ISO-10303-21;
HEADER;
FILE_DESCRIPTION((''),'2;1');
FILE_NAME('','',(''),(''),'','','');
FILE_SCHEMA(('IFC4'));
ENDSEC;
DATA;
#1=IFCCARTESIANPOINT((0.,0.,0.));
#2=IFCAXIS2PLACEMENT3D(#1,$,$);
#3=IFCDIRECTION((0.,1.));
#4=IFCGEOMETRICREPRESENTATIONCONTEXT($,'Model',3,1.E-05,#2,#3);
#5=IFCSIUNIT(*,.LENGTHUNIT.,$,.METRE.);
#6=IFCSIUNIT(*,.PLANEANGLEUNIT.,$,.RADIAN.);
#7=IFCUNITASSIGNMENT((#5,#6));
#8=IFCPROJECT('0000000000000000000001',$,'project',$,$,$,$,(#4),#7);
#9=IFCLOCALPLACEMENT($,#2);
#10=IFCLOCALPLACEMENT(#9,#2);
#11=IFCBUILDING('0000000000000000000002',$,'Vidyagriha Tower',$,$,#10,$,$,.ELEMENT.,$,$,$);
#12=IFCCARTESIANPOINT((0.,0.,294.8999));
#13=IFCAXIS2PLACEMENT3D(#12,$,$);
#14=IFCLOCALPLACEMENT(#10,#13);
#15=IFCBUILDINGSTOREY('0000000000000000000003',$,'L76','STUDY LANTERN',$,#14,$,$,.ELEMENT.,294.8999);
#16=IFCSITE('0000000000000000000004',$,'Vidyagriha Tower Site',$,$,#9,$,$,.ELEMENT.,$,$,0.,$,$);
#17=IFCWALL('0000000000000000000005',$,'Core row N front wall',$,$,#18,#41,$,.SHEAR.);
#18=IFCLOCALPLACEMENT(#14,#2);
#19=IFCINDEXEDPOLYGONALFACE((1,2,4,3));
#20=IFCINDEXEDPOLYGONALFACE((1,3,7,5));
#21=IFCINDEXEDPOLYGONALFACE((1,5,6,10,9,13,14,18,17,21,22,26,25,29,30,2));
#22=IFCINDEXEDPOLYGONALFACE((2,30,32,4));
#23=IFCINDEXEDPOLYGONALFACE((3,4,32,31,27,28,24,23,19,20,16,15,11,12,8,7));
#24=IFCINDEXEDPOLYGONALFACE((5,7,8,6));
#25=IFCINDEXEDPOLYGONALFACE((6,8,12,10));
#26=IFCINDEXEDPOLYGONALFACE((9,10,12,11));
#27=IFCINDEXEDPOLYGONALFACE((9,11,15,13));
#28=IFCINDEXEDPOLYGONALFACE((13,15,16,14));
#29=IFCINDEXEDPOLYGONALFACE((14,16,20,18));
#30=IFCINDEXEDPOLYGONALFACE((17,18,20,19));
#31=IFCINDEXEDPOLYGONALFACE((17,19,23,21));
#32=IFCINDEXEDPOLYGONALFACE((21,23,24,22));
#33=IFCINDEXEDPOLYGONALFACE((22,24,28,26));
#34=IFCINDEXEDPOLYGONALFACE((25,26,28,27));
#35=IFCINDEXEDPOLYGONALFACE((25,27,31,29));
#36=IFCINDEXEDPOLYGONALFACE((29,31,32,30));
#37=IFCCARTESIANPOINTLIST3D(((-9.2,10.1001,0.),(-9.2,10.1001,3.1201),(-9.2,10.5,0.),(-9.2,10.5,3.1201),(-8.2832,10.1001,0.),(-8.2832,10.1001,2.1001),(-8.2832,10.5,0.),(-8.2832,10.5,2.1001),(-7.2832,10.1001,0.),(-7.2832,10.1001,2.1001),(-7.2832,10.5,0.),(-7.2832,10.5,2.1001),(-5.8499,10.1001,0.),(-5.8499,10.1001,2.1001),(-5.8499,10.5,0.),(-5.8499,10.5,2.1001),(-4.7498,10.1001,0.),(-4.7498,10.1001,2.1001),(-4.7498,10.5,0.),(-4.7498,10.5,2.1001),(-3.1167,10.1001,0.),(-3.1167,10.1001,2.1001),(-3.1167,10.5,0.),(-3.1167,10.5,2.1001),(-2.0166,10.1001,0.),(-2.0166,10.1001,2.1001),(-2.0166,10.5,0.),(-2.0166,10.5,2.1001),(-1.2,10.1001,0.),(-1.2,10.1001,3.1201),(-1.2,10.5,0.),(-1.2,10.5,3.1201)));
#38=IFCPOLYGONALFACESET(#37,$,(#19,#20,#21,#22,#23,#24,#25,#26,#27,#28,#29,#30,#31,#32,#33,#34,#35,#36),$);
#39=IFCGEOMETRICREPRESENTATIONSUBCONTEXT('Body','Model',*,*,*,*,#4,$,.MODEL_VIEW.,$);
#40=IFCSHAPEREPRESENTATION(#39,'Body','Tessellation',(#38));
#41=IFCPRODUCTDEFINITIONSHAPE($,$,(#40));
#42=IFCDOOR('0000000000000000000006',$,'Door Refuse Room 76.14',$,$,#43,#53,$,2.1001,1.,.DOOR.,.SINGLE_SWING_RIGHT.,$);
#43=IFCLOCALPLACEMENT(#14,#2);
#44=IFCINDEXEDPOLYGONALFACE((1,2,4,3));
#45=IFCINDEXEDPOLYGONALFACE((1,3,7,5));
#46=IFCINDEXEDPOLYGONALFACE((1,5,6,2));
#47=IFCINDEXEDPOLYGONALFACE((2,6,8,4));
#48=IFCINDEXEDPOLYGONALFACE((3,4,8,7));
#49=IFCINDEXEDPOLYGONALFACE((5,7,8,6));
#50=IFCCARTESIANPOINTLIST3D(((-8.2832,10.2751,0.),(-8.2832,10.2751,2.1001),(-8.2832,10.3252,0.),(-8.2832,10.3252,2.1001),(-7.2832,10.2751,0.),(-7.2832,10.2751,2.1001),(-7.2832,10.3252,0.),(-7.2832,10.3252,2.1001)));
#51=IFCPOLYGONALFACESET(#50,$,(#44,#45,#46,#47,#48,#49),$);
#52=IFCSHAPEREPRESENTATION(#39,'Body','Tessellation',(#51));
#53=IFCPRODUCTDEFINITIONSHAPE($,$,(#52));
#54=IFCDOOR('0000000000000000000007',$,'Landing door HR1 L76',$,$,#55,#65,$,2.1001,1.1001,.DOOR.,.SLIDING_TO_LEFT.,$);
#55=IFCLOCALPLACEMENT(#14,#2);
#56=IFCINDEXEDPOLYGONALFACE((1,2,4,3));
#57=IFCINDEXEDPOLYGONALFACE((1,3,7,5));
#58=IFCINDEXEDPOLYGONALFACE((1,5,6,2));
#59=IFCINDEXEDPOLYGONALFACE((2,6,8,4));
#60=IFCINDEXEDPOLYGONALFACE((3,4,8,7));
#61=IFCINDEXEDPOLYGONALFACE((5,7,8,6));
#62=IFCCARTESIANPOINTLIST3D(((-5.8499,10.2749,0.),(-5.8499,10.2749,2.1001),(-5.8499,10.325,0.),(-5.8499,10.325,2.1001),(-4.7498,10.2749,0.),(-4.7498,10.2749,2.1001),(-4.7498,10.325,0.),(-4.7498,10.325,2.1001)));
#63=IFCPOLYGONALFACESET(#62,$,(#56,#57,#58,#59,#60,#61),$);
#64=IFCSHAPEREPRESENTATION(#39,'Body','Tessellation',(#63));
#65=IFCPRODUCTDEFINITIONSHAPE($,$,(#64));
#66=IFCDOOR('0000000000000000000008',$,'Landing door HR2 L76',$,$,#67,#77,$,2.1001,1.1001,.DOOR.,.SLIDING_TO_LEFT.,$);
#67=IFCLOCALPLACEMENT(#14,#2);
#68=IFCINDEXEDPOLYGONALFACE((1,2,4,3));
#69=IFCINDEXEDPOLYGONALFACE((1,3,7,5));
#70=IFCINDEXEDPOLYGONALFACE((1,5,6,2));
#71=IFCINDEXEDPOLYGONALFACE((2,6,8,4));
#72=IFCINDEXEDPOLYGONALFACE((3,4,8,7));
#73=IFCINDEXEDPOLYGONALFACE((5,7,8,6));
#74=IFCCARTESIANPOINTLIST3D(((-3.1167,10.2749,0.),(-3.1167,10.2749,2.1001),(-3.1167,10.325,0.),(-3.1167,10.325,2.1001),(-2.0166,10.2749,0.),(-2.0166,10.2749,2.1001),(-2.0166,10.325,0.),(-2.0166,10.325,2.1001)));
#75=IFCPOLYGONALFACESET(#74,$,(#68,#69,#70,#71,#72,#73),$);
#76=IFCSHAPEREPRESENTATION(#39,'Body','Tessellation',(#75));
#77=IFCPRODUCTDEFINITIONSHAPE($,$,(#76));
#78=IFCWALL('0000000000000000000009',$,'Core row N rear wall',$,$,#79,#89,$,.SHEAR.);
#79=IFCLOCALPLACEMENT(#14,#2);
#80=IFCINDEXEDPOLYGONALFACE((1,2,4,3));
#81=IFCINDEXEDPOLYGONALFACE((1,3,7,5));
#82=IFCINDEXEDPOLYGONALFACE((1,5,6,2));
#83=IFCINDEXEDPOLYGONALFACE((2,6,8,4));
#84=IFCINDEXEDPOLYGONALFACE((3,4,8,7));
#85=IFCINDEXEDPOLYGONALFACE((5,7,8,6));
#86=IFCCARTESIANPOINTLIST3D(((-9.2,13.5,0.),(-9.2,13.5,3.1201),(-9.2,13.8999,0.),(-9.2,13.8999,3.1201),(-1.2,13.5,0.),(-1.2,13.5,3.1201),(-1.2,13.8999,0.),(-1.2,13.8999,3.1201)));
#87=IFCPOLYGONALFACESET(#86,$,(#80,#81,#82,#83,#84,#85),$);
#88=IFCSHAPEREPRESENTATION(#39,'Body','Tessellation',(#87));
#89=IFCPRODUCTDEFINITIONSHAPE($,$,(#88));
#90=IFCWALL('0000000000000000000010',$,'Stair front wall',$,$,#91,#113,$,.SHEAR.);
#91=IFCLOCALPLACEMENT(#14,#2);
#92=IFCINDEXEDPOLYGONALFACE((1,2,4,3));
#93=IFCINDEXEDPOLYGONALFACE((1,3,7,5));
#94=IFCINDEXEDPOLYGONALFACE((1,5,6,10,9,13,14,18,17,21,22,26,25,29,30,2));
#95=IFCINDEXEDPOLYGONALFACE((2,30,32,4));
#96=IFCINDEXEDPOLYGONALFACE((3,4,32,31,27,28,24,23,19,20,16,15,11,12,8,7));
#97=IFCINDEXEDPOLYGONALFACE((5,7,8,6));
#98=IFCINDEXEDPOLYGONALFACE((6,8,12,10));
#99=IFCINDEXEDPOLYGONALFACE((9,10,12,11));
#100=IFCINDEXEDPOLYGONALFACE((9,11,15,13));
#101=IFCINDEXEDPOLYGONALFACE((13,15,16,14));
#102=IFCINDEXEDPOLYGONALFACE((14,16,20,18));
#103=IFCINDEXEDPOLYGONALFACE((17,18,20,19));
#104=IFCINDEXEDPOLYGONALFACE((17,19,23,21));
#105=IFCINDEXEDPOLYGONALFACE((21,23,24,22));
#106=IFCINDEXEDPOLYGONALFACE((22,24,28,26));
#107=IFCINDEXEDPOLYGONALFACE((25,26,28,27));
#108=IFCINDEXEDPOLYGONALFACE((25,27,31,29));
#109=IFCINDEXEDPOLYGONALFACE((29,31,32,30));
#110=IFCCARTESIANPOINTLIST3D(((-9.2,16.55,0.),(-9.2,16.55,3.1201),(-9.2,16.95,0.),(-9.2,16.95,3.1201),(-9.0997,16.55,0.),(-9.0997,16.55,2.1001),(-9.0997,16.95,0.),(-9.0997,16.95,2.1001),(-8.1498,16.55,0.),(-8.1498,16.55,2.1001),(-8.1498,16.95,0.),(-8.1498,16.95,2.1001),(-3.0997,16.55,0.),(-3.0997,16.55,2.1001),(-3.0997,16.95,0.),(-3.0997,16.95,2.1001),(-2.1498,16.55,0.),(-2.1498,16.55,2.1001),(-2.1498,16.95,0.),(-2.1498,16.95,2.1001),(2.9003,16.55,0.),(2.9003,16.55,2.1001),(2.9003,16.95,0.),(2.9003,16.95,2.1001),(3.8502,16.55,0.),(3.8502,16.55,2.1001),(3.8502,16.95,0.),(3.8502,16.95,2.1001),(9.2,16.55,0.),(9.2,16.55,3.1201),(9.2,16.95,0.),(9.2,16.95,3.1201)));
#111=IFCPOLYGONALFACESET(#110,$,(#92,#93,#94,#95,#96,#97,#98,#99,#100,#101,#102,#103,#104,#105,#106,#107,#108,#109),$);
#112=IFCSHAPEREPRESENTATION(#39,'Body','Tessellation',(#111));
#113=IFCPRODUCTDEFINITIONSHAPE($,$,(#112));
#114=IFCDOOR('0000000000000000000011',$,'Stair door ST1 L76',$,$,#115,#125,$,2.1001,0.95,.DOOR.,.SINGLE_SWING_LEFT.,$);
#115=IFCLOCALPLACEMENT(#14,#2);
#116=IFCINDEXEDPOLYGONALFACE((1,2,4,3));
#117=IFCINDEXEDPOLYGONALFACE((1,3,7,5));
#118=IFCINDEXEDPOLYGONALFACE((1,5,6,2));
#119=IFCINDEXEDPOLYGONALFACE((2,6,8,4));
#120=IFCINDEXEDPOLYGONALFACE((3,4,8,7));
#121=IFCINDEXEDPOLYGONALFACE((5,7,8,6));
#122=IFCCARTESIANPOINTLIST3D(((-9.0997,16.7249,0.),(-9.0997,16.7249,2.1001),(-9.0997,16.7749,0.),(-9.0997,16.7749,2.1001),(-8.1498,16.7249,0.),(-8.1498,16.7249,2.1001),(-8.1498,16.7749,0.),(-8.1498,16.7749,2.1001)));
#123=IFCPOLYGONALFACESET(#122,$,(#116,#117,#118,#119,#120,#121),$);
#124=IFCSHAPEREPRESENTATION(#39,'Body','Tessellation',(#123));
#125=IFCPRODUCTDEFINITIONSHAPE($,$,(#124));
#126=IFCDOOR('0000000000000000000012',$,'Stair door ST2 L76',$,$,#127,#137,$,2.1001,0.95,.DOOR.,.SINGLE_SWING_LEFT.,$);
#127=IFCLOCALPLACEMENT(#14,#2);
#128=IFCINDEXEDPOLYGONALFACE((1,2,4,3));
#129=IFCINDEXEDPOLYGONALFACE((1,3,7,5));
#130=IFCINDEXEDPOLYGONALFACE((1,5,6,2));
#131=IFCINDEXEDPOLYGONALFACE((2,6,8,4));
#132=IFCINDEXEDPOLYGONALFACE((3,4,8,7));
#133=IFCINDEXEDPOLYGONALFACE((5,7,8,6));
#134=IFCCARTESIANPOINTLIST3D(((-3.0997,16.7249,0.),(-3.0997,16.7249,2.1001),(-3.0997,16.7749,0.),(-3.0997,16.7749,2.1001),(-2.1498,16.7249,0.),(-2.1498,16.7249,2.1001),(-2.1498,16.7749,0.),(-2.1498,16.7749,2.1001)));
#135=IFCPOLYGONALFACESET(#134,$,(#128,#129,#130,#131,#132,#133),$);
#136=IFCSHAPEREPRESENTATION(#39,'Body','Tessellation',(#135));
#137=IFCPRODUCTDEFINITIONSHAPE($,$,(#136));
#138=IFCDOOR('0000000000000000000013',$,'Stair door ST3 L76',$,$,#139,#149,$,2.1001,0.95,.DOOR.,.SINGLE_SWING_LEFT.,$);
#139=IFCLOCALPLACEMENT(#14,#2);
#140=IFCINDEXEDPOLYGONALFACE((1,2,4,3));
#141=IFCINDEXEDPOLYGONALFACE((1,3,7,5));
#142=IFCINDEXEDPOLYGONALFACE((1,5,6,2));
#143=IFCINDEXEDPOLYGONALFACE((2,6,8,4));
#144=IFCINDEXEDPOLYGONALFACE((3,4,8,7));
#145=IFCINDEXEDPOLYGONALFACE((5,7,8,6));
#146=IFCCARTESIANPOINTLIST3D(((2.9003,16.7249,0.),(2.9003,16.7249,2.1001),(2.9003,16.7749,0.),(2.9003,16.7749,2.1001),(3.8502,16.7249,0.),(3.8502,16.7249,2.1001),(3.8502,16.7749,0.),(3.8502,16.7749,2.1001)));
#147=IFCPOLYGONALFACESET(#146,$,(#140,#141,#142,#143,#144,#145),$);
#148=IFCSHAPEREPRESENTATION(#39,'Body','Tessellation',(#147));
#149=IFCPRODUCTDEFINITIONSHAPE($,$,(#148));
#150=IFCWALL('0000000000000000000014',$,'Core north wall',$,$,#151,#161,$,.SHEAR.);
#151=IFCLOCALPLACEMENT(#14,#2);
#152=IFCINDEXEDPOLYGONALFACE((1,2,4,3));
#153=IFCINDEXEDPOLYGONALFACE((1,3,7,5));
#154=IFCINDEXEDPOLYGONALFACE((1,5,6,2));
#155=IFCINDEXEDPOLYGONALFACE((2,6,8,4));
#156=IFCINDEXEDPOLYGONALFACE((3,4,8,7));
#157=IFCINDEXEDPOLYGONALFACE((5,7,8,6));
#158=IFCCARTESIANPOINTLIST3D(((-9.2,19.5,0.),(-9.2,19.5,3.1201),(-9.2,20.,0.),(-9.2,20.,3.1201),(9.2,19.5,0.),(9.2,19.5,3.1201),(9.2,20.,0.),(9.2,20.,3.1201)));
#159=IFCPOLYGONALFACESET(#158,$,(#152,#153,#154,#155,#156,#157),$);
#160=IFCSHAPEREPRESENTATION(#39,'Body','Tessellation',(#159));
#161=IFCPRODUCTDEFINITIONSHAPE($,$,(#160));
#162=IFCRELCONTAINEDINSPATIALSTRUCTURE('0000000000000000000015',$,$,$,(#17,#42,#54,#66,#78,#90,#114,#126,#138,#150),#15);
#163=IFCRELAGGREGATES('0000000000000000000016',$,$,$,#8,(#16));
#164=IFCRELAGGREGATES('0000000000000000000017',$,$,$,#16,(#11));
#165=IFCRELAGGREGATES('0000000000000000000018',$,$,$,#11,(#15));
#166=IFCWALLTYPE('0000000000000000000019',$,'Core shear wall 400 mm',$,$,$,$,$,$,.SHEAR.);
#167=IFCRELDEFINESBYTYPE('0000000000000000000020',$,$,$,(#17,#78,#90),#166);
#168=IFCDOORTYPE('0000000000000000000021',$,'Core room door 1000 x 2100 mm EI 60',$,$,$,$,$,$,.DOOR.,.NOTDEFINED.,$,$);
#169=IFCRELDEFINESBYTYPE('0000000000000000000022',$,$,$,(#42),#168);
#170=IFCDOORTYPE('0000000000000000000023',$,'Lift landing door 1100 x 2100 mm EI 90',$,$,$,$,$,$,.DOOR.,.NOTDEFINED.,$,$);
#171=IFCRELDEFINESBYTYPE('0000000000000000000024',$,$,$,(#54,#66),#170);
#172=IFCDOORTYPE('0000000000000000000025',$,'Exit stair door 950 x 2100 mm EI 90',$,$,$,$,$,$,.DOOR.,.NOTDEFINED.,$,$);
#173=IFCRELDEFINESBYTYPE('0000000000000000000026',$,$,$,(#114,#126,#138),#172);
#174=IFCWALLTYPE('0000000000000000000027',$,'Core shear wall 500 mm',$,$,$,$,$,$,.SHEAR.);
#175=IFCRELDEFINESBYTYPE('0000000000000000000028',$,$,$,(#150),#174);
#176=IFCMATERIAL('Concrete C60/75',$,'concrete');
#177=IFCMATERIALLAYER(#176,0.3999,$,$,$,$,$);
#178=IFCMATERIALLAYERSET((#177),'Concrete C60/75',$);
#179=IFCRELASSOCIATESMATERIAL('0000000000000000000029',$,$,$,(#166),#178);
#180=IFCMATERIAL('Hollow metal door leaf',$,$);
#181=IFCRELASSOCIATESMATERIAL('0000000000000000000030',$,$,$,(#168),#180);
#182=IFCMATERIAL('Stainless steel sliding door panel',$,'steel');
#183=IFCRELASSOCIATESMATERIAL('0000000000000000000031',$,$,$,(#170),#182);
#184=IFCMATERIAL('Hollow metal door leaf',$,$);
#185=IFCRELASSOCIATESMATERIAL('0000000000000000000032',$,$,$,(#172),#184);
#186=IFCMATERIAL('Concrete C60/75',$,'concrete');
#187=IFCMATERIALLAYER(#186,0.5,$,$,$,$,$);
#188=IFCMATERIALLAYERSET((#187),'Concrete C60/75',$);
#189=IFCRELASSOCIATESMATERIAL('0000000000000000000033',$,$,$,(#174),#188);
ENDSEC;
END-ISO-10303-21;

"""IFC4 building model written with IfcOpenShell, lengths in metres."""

from ifc_helpers import new_model, si_unit, direction, frame, frame_2d, origin, place, context, subcontext, project, spatial, rectangle, extrude, material, layer, layer_set, type_object, element, fill, save


model = new_model("IFC4")

# Units and contexts
model_context = context("Model", 3, precision=1e-05, world=origin(), true_north=direction((0.0, 1.0)))
body_context = subcontext(model_context, "Body", "Model", "MODEL_VIEW")
ifc_project = project(units=[si_unit("LENGTHUNIT", "METRE"), si_unit("PLANEANGLEUNIT", "RADIAN")], contexts=[model_context])

# Site, building, storey
site_placement = place(None, origin())
site = spatial("IfcSite", under=ifc_project, at=site_placement, Name="Vidyagriha Tower Site", CompositionType="ELEMENT", RefElevation=0.0)
building_placement = place(site_placement, origin())
building = spatial("IfcBuilding", under=site, at=building_placement, Name="Vidyagriha Tower", CompositionType="ELEMENT")
storey_placement = place(building_placement, frame((0.0, 0.0, 294.8999)))
storey = spatial("IfcBuildingStorey", under=building, at=storey_placement, Name="L76", Description="STUDY LANTERN", CompositionType="ELEMENT", Elevation=294.8999)

# Wall, openings, doors
ifc_material_1 = material(Name="Concrete C60/75", Category="concrete")
ifc_layer_1 = layer(ifc_material_1, 0.3999)
ifc_layer_set_1 = layer_set([ifc_layer_1], Name="Concrete C60/75")
wall_type_1 = type_object("IfcWallType", Name="Core shear wall 400 mm", PredefinedType="SHEAR", material=ifc_layer_set_1)
wall_1_placement = place(storey_placement, frame((-9.2, 10.3, 0.0)))
wall_1 = element("IfcWall", 1, at=wall_1_placement, inside=storey, type_object=wall_type_1, Name="Core row N front wall", PredefinedType="SHEAR", context=body_context, shape_type="SweptSolid", body=[
    extrude(rectangle(XDim=8.0, YDim=0.3999, at=frame_2d((4.0, 0.0))), origin(), (0.0, 0.0, 1.0), 3.1201),
])
opening_1_placement = place(wall_1_placement, frame((3.3501, 0.0, 0.0)))
opening_1 = element("IfcOpeningElement", 2, at=opening_1_placement, cuts=wall_1, PredefinedType="OPENING", context=body_context, shape_type="SweptSolid", body=[
    extrude(rectangle(XDim=1.1001, YDim=2.1001, at=frame_2d((0.55, 1.05))), frame((0.0, 0.21, 0.0), z_axis=(0.0, -1.0, 0.0), x_axis=(1.0, 0.0, 0.0)), (0.0, 0.0, 1.0), 0.4199),
])
opening_2_placement = place(wall_1_placement, frame((6.0833, 0.0, 0.0)))
opening_2 = element("IfcOpeningElement", 3, at=opening_2_placement, cuts=wall_1, PredefinedType="OPENING", context=body_context, shape_type="SweptSolid", body=[
    extrude(rectangle(XDim=1.1001, YDim=2.1001, at=frame_2d((0.55, 1.05))), frame((0.0, 0.21, 0.0), z_axis=(0.0, -1.0, 0.0), x_axis=(1.0, 0.0, 0.0)), (0.0, 0.0, 1.0), 0.4199),
])
opening_3_placement = place(wall_1_placement, frame((0.9167, 0.0, 0.0)))
opening_3 = element("IfcOpeningElement", 4, at=opening_3_placement, cuts=wall_1, PredefinedType="OPENING", context=body_context, shape_type="SweptSolid", body=[
    extrude(rectangle(XDim=1.0, YDim=2.1001, at=frame_2d((0.5, 1.05))), frame((0.0, 0.21, 0.0), z_axis=(0.0, -1.0, 0.0), x_axis=(1.0, 0.0, 0.0)), (0.0, 0.0, 1.0), 0.4199),
])
ifc_material_2 = material(Name="Hollow metal door leaf")
door_type_1 = type_object("IfcDoorType", Name="Core room door 1000 x 2100 mm EI 60", OperationType="NOTDEFINED", PredefinedType="DOOR", material=ifc_material_2)
door_1_placement = place(opening_3_placement, frame((1.0, 0.0, 0.0), z_axis=(0.0, 0.0, 1.0), x_axis=(-1.0, 0.0, 0.0)))
door_1 = element("IfcDoor", 5, at=door_1_placement, inside=storey, type_object=door_type_1, Name="Door Refuse Room 76.14", OperationType="SINGLE_SWING_RIGHT", OverallHeight=2.1001, OverallWidth=1.0, PredefinedType="DOOR", context=body_context, shape_type="SweptSolid", body=[
    extrude(rectangle(XDim=1.0, YDim=2.1001, at=frame_2d((0.5, 1.05))), frame((0.0, 0.0249, 0.0), z_axis=(0.0, -1.0, 0.0), x_axis=(1.0, 0.0, 0.0)), (0.0, 0.0, 1.0), 0.05),
])
fill(opening_3, door_1)
ifc_material_3 = material(Name="Stainless steel sliding door panel", Category="steel")
door_type_2 = type_object("IfcDoorType", Name="Lift landing door 1100 x 2100 mm EI 90", OperationType="NOTDEFINED", PredefinedType="DOOR", material=ifc_material_3)
door_2_placement = place(opening_1_placement, origin())
door_2 = element("IfcDoor", 6, at=door_2_placement, inside=storey, type_object=door_type_2, Name="Landing door HR1 L76", OperationType="SLIDING_TO_LEFT", OverallHeight=2.1001, OverallWidth=1.1001, PredefinedType="DOOR", context=body_context, shape_type="SweptSolid", body=[
    extrude(rectangle(XDim=1.1001, YDim=2.1001, at=frame_2d((0.55, 1.05))), frame((0.0, 0.0249, 0.0), z_axis=(0.0, -1.0, 0.0), x_axis=(1.0, 0.0, 0.0)), (0.0, 0.0, 1.0), 0.05),
])
fill(opening_1, door_2)
door_3_placement = place(opening_2_placement, origin())
door_3 = element("IfcDoor", 7, at=door_3_placement, inside=storey, type_object=door_type_2, Name="Landing door HR2 L76", OperationType="SLIDING_TO_LEFT", OverallHeight=2.1001, OverallWidth=1.1001, PredefinedType="DOOR", context=body_context, shape_type="SweptSolid", body=[
    extrude(rectangle(XDim=1.1001, YDim=2.1001, at=frame_2d((0.55, 1.05))), frame((0.0, 0.0249, 0.0), z_axis=(0.0, -1.0, 0.0), x_axis=(1.0, 0.0, 0.0)), (0.0, 0.0, 1.0), 0.05),
])
fill(opening_2, door_3)

# Wall
wall_2_placement = place(storey_placement, frame((-9.2, 13.7, 0.0)))
element("IfcWall", 8, at=wall_2_placement, inside=storey, type_object=wall_type_1, Name="Core row N rear wall", PredefinedType="SHEAR", context=body_context, shape_type="SweptSolid", body=[
    extrude(rectangle(XDim=8.0, YDim=0.3999, at=frame_2d((4.0, 0.0))), origin(), (0.0, 0.0, 1.0), 3.1201),
])

# Wall, openings, doors
wall_3_placement = place(storey_placement, frame((-9.2, 16.75, 0.0)))
wall_3 = element("IfcWall", 9, at=wall_3_placement, inside=storey, type_object=wall_type_1, Name="Stair front wall", PredefinedType="SHEAR", context=body_context, shape_type="SweptSolid", body=[
    extrude(rectangle(XDim=18.3999, YDim=0.3999, at=frame_2d((9.2, 0.0))), origin(), (0.0, 0.0, 1.0), 3.1201),
])
opening_4_placement = place(wall_3_placement, frame((0.1001, 0.0, 0.0)))
opening_4 = element("IfcOpeningElement", 10, at=opening_4_placement, cuts=wall_3, PredefinedType="OPENING", context=body_context, shape_type="SweptSolid", body=[
    extrude(rectangle(XDim=0.95, YDim=2.1001, at=frame_2d((0.4751, 1.05))), frame((0.0, 0.21, 0.0), z_axis=(0.0, -1.0, 0.0), x_axis=(1.0, 0.0, 0.0)), (0.0, 0.0, 1.0), 0.4199),
])
opening_5_placement = place(wall_3_placement, frame((6.1001, 0.0, 0.0)))
opening_5 = element("IfcOpeningElement", 11, at=opening_5_placement, cuts=wall_3, PredefinedType="OPENING", context=body_context, shape_type="SweptSolid", body=[
    extrude(rectangle(XDim=0.95, YDim=2.1001, at=frame_2d((0.4751, 1.05))), frame((0.0, 0.21, 0.0), z_axis=(0.0, -1.0, 0.0), x_axis=(1.0, 0.0, 0.0)), (0.0, 0.0, 1.0), 0.4199),
])
opening_6_placement = place(wall_3_placement, frame((12.1001, 0.0, 0.0)))
opening_6 = element("IfcOpeningElement", 12, at=opening_6_placement, cuts=wall_3, PredefinedType="OPENING", context=body_context, shape_type="SweptSolid", body=[
    extrude(rectangle(XDim=0.95, YDim=2.1001, at=frame_2d((0.4751, 1.05))), frame((0.0, 0.21, 0.0), z_axis=(0.0, -1.0, 0.0), x_axis=(1.0, 0.0, 0.0)), (0.0, 0.0, 1.0), 0.4199),
])
ifc_material_4 = material(Name="Hollow metal door leaf")
door_type_3 = type_object("IfcDoorType", Name="Exit stair door 950 x 2100 mm EI 90", OperationType="NOTDEFINED", PredefinedType="DOOR", material=ifc_material_4)
door_4_placement = place(opening_4_placement, origin())
door_4 = element("IfcDoor", 13, at=door_4_placement, inside=storey, type_object=door_type_3, Name="Stair door ST1 L76", OperationType="SINGLE_SWING_LEFT", OverallHeight=2.1001, OverallWidth=0.95, PredefinedType="DOOR", context=body_context, shape_type="SweptSolid", body=[
    extrude(rectangle(XDim=0.95, YDim=2.1001, at=frame_2d((0.4751, 1.05))), frame((0.0, 0.0249, 0.0), z_axis=(0.0, -1.0, 0.0), x_axis=(1.0, 0.0, 0.0)), (0.0, 0.0, 1.0), 0.05),
])
fill(opening_4, door_4)
door_5_placement = place(opening_5_placement, origin())
door_5 = element("IfcDoor", 14, at=door_5_placement, inside=storey, type_object=door_type_3, Name="Stair door ST2 L76", OperationType="SINGLE_SWING_LEFT", OverallHeight=2.1001, OverallWidth=0.95, PredefinedType="DOOR", context=body_context, shape_type="SweptSolid", body=[
    extrude(rectangle(XDim=0.95, YDim=2.1001, at=frame_2d((0.4751, 1.05))), frame((0.0, 0.0249, 0.0), z_axis=(0.0, -1.0, 0.0), x_axis=(1.0, 0.0, 0.0)), (0.0, 0.0, 1.0), 0.05),
])
fill(opening_5, door_5)
door_6_placement = place(opening_6_placement, origin())
door_6 = element("IfcDoor", 15, at=door_6_placement, inside=storey, type_object=door_type_3, Name="Stair door ST3 L76", OperationType="SINGLE_SWING_LEFT", OverallHeight=2.1001, OverallWidth=0.95, PredefinedType="DOOR", context=body_context, shape_type="SweptSolid", body=[
    extrude(rectangle(XDim=0.95, YDim=2.1001, at=frame_2d((0.4751, 1.05))), frame((0.0, 0.0249, 0.0), z_axis=(0.0, -1.0, 0.0), x_axis=(1.0, 0.0, 0.0)), (0.0, 0.0, 1.0), 0.05),
])
fill(opening_6, door_6)

# Wall
ifc_material_5 = material(Name="Concrete C60/75", Category="concrete")
ifc_layer_2 = layer(ifc_material_5, 0.5)
ifc_layer_set_2 = layer_set([ifc_layer_2], Name="Concrete C60/75")
wall_type_2 = type_object("IfcWallType", Name="Core shear wall 500 mm", PredefinedType="SHEAR", material=ifc_layer_set_2)
wall_4_placement = place(storey_placement, frame((-9.2, 19.75, 0.0)))
element("IfcWall", 16, at=wall_4_placement, inside=storey, type_object=wall_type_2, Name="Core north wall", PredefinedType="SHEAR", context=body_context, shape_type="SweptSolid", body=[
    extrude(rectangle(XDim=18.3999, YDim=0.5, at=frame_2d((9.2, 0.0))), origin(), (0.0, 0.0, 1.0), 3.1201),
])

save(model, "model.ifc")
